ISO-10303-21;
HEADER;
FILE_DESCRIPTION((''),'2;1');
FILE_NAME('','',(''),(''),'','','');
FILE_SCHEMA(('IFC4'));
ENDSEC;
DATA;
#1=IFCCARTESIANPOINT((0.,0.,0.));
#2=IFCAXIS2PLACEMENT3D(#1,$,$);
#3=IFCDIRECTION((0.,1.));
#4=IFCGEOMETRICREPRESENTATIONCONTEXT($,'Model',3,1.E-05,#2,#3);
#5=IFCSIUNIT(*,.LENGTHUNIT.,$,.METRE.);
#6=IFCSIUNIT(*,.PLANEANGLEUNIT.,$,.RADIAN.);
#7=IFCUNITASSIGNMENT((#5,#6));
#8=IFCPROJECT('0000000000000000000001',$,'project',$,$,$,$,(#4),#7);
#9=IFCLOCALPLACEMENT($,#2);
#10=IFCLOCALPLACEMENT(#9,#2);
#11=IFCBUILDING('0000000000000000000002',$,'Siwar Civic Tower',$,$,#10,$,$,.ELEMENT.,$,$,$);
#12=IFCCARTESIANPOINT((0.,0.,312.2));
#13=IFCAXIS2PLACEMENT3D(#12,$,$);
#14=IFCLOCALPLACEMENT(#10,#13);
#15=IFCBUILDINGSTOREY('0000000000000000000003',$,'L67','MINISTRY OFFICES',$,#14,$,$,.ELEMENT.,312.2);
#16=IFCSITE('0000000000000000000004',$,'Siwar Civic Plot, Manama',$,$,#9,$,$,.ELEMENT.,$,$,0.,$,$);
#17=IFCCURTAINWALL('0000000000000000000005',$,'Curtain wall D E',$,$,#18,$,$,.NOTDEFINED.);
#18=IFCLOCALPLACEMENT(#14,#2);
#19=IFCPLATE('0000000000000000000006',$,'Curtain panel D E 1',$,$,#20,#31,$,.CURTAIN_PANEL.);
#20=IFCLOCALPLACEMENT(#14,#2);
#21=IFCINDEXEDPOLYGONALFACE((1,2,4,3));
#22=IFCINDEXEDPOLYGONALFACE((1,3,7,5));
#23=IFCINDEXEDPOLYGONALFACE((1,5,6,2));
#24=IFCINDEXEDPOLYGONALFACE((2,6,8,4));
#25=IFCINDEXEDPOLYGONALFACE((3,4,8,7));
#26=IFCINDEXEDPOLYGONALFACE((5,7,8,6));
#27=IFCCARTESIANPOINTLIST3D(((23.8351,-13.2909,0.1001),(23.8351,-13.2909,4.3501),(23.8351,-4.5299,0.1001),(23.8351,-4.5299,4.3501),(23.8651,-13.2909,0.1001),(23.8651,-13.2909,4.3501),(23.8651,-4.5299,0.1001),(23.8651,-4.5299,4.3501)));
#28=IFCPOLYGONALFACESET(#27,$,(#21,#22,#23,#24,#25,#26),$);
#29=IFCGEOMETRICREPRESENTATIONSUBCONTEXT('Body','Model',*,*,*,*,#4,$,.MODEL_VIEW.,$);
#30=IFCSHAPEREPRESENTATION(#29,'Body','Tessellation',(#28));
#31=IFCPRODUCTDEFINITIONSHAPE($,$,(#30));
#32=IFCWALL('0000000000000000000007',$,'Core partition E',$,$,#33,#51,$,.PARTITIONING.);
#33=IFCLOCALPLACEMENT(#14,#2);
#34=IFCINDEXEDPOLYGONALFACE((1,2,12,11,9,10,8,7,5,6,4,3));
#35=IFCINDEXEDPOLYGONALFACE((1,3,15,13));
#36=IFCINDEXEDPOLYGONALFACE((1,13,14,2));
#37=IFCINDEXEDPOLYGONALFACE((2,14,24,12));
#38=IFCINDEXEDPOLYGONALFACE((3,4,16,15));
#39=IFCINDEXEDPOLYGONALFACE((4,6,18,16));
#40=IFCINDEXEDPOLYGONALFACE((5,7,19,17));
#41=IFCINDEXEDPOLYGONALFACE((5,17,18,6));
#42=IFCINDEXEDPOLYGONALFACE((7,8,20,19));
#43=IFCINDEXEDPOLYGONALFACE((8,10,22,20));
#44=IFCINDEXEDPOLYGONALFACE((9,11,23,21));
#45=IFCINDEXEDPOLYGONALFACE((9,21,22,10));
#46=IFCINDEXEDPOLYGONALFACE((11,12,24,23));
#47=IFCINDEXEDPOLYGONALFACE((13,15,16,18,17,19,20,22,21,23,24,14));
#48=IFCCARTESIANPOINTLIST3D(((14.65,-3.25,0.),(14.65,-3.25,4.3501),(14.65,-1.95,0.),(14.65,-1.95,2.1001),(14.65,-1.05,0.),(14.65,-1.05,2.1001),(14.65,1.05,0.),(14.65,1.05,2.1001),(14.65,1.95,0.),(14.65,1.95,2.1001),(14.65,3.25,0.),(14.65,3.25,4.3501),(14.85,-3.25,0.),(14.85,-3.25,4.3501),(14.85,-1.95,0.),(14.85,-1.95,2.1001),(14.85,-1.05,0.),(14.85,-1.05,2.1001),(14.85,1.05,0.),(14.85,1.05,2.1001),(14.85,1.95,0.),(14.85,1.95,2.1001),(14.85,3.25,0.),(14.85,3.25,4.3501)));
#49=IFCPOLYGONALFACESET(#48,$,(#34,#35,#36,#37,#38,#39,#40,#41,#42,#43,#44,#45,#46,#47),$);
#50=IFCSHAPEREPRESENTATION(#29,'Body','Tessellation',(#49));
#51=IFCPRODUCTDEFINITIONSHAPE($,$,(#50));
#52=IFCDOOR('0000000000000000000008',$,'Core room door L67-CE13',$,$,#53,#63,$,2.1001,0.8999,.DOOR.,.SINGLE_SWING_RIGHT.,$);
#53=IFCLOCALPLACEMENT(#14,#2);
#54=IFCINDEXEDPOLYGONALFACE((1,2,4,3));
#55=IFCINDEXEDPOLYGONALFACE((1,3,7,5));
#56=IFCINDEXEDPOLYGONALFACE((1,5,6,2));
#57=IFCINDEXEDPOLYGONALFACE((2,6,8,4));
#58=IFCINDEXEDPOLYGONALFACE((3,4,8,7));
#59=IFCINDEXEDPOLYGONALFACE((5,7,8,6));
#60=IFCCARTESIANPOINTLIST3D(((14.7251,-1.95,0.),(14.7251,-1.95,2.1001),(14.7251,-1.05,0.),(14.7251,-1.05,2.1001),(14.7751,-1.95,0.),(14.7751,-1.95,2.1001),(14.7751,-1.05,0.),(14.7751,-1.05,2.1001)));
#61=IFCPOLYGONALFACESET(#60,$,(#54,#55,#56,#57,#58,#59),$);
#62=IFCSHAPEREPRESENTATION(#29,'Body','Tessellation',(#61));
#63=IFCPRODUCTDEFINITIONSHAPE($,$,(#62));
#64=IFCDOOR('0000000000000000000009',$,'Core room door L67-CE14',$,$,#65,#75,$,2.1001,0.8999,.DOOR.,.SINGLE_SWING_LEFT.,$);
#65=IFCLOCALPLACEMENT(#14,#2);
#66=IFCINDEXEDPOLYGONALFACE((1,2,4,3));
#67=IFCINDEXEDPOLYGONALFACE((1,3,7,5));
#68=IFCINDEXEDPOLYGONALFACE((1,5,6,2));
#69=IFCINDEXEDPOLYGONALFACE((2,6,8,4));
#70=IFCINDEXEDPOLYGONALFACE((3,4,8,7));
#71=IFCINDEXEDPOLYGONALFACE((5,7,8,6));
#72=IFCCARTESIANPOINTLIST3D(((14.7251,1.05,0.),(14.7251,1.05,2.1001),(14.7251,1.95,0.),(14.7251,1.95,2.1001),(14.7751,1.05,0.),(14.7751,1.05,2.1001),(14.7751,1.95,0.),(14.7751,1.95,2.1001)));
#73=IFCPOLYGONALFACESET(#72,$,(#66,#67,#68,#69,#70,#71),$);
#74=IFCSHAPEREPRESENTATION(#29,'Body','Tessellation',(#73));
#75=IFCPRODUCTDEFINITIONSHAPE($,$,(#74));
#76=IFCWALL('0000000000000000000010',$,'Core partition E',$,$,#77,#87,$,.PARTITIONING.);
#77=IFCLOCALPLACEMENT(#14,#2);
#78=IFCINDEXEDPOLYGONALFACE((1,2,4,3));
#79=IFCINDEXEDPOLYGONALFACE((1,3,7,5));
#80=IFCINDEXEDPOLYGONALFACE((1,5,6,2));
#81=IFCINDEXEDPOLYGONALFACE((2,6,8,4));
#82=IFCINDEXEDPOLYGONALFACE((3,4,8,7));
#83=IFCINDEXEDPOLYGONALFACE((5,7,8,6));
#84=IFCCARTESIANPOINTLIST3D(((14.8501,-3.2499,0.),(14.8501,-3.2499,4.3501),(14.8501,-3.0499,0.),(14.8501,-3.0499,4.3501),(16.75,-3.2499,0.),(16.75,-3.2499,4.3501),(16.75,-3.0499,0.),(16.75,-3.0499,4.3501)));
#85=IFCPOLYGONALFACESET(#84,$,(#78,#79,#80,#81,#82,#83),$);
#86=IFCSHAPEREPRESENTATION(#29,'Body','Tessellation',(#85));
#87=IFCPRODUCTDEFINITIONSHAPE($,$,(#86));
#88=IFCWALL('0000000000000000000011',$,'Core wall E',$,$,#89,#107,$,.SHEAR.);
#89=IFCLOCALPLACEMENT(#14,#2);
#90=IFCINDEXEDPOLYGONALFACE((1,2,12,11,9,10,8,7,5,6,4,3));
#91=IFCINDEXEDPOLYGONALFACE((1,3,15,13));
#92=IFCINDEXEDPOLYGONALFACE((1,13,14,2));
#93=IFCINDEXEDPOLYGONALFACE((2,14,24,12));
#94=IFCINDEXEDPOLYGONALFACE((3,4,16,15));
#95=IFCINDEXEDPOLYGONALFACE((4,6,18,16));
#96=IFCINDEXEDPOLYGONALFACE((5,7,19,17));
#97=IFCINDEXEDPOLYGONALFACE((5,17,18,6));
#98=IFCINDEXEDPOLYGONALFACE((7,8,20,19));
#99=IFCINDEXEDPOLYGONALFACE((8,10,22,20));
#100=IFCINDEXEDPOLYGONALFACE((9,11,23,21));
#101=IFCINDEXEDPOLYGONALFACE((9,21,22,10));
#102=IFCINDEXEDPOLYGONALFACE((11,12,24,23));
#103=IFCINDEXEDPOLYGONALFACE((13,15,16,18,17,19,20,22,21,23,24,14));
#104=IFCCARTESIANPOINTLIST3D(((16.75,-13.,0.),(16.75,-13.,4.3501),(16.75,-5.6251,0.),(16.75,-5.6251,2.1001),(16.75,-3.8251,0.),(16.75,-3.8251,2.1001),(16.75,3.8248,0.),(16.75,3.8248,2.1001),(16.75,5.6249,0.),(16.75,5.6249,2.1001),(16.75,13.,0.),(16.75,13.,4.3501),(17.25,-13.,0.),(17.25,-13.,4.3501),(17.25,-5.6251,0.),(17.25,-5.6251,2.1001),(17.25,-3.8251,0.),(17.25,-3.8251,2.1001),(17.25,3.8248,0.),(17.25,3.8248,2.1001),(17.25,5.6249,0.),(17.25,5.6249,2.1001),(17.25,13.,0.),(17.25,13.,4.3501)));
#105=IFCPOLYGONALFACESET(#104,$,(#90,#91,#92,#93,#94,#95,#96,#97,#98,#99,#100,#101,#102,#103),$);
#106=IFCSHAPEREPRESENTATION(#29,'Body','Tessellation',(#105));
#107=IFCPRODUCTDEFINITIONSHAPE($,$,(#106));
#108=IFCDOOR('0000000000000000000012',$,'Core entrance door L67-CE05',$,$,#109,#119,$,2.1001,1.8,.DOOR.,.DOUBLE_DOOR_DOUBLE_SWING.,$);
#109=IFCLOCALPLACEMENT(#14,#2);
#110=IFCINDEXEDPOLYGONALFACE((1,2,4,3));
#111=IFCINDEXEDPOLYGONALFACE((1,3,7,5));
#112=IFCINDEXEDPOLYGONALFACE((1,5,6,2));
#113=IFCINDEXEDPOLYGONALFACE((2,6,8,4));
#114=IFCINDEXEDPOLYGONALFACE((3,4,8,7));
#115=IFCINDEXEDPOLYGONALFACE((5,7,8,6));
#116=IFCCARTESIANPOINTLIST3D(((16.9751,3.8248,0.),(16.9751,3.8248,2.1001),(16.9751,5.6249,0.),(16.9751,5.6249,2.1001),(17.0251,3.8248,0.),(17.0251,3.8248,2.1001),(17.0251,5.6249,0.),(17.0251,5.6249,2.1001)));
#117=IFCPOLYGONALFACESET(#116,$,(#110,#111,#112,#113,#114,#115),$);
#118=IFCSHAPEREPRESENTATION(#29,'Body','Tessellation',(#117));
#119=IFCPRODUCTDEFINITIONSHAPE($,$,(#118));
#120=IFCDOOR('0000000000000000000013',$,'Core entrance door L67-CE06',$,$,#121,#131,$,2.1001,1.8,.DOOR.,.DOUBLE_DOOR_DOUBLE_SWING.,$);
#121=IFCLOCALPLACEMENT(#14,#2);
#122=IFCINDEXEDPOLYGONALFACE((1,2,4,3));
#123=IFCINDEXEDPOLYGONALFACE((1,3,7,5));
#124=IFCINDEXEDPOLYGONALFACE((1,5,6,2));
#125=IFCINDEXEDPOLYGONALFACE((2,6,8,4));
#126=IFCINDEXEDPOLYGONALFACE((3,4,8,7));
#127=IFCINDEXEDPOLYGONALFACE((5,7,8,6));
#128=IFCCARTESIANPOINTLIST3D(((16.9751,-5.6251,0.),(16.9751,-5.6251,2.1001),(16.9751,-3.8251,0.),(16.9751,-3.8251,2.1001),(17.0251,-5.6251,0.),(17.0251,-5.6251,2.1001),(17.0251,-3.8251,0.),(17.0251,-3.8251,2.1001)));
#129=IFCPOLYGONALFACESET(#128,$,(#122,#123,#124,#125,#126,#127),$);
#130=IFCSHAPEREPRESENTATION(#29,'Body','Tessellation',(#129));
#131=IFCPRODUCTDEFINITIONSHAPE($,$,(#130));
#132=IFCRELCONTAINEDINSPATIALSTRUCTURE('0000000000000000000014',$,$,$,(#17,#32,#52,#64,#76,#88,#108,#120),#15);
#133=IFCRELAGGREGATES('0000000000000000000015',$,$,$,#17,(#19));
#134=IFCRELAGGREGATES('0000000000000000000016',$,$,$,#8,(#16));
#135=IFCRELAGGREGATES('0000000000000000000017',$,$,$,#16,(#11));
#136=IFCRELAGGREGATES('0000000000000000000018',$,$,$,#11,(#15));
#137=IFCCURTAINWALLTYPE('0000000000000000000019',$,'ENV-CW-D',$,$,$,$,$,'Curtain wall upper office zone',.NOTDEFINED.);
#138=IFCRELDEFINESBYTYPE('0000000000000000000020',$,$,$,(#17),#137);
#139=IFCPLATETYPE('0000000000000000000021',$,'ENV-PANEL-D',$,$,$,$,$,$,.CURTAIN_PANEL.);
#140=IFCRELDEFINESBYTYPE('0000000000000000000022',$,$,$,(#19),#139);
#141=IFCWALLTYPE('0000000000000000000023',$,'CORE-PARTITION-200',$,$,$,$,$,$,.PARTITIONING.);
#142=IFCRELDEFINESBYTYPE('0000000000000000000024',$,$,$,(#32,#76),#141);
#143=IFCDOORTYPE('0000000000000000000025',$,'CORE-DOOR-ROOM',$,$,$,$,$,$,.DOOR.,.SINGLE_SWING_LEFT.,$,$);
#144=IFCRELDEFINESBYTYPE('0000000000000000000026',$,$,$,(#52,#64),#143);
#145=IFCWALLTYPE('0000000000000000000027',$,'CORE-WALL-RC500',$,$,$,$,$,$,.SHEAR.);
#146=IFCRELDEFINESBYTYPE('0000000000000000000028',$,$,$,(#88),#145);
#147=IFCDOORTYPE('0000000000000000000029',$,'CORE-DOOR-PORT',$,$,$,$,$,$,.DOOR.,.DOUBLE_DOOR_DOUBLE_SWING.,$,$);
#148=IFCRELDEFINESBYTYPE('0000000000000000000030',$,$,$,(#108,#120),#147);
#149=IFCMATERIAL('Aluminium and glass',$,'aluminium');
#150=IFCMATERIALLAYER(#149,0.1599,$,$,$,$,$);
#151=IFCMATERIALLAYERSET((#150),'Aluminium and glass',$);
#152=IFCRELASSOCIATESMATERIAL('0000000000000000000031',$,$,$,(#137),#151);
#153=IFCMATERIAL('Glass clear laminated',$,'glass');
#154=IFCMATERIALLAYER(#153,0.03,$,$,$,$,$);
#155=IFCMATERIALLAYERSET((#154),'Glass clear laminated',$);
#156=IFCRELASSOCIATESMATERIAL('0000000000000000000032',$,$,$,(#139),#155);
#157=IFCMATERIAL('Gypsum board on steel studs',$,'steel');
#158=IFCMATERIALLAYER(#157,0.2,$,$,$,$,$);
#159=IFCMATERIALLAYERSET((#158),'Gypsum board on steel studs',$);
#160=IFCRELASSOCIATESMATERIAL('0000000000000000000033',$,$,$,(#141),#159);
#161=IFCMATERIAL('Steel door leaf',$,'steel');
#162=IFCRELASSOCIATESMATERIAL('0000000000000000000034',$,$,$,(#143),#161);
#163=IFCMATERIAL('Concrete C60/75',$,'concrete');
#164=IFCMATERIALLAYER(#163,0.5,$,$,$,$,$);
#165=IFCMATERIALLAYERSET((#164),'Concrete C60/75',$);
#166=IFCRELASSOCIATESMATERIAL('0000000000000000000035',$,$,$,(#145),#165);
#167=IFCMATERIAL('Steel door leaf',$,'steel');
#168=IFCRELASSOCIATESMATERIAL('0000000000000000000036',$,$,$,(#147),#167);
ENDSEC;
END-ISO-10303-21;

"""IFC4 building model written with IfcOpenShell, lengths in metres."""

from ifc_helpers import new_model, si_unit, direction, frame, frame_2d, origin, origin_2d, place, context, subcontext, project, spatial, rectangle, extrude, material, layer, layer_set, type_object, element, fill, aggregate, save


model = new_model("IFC4")

# Units and contexts
model_context = context("Model", 3, precision=1e-05, world=origin(), true_north=direction((0.0, 1.0)))
body_context = subcontext(model_context, "Body", "Model", "MODEL_VIEW")
ifc_project = project(units=[si_unit("LENGTHUNIT", "METRE"), si_unit("PLANEANGLEUNIT", "RADIAN")], contexts=[model_context])

# Site, building, storey
site_placement = place(None, origin())
site = spatial("IfcSite", under=ifc_project, at=site_placement, Name="Siwar Civic Plot, Manama", CompositionType="ELEMENT", RefElevation=0.0)
building_placement = place(site_placement, origin())
building = spatial("IfcBuilding", under=site, at=building_placement, Name="Siwar Civic Tower", CompositionType="ELEMENT")
storey_placement = place(building_placement, frame((0.0, 0.0, 312.2)))
storey = spatial("IfcBuildingStorey", under=building, at=storey_placement, Name="L67", Description="MINISTRY OFFICES", CompositionType="ELEMENT", Elevation=312.2)

# Curtain wall
ifc_material_1 = material(Name="Aluminium and glass", Category="aluminium")
ifc_layer_1 = layer(ifc_material_1, 0.1599)
ifc_layer_set_1 = layer_set([ifc_layer_1], Name="Aluminium and glass")
curtain_wall_type = type_object("IfcCurtainWallType", Name="ENV-CW-D", ElementType="Curtain wall upper office zone", PredefinedType="NOTDEFINED", material=ifc_layer_set_1)
curtain_wall_placement = place(storey_placement, origin())
curtain_wall = element("IfcCurtainWall", 1, at=curtain_wall_placement, inside=storey, type_object=curtain_wall_type, Name="Curtain wall D E", PredefinedType="NOTDEFINED")

# Plate
ifc_material_2 = material(Name="Glass clear laminated", Category="glass")
ifc_layer_2 = layer(ifc_material_2, 0.03)
ifc_layer_set_2 = layer_set([ifc_layer_2], Name="Glass clear laminated")
plate_type = type_object("IfcPlateType", Name="ENV-PANEL-D", PredefinedType="CURTAIN_PANEL", material=ifc_layer_set_2)
plate_placement = place(storey_placement, frame((23.8501, -8.9104, 0.1001), z_axis=(0.0, 0.0, 1.0), x_axis=(0.0, 1.0, 0.0)))
plate = element("IfcPlate", 2, at=plate_placement, type_object=plate_type, Name="Curtain panel D E 1", PredefinedType="CURTAIN_PANEL", context=body_context, shape_type="SweptSolid", body=[
    extrude(rectangle(XDim=8.761, YDim=0.03, at=origin_2d()), origin(), (0.0, 0.0, 1.0), 4.25),
])
aggregate(curtain_wall, [plate])

# Wall, openings, doors
ifc_material_3 = material(Name="Gypsum board on steel studs", Category="steel")
ifc_layer_3 = layer(ifc_material_3, 0.2)
ifc_layer_set_3 = layer_set([ifc_layer_3], Name="Gypsum board on steel studs")
wall_type_1 = type_object("IfcWallType", Name="CORE-PARTITION-200", PredefinedType="PARTITIONING", material=ifc_layer_set_3)
wall_1_placement = place(storey_placement, frame((14.75, -3.25, 0.0), z_axis=(0.0, 0.0, 1.0), x_axis=(0.0, 1.0, 0.0)))
wall_1 = element("IfcWall", 3, at=wall_1_placement, inside=storey, type_object=wall_type_1, Name="Core partition E", PredefinedType="PARTITIONING", context=body_context, shape_type="SweptSolid", body=[
    extrude(rectangle(XDim=6.5, YDim=0.2, at=frame_2d((3.25, 0.0))), origin(), (0.0, 0.0, 1.0), 4.3501),
])
opening_1_placement = place(wall_1_placement, frame((1.3, 0.0, 0.0)))
opening_1 = element("IfcOpeningElement", 4, at=opening_1_placement, cuts=wall_1, PredefinedType="OPENING", context=body_context, shape_type="SweptSolid", body=[
    extrude(rectangle(XDim=0.8999, YDim=2.1001, at=frame_2d((0.45, 1.05))), frame((0.0, 0.1099, 0.0), z_axis=(0.0, -1.0, 0.0), x_axis=(1.0, 0.0, 0.0)), (0.0, 0.0, 1.0), 0.22),
])
opening_2_placement = place(wall_1_placement, frame((4.3, 0.0, 0.0)))
opening_2 = element("IfcOpeningElement", 5, at=opening_2_placement, cuts=wall_1, PredefinedType="OPENING", context=body_context, shape_type="SweptSolid", body=[
    extrude(rectangle(XDim=0.8999, YDim=2.1001, at=frame_2d((0.45, 1.05))), frame((0.0, 0.1099, 0.0), z_axis=(0.0, -1.0, 0.0), x_axis=(1.0, 0.0, 0.0)), (0.0, 0.0, 1.0), 0.22),
])
ifc_material_4 = material(Name="Steel door leaf", Category="steel")
door_type_1 = type_object("IfcDoorType", Name="CORE-DOOR-ROOM", OperationType="SINGLE_SWING_LEFT", PredefinedType="DOOR", material=ifc_material_4)
door_1_placement = place(opening_1_placement, origin())
door_1 = element("IfcDoor", 6, at=door_1_placement, inside=storey, type_object=door_type_1, Name="Core room door L67-CE13", OperationType="SINGLE_SWING_RIGHT", OverallHeight=2.1001, OverallWidth=0.8999, PredefinedType="DOOR", context=body_context, shape_type="SweptSolid", body=[
    extrude(rectangle(XDim=0.8999, YDim=2.1001, at=frame_2d((0.45, 1.05))), frame((0.0, 0.0249, 0.0), z_axis=(0.0, -1.0, 0.0), x_axis=(1.0, 0.0, 0.0)), (0.0, 0.0, 1.0), 0.05),
])
fill(opening_1, door_1)
door_2_placement = place(opening_2_placement, origin())
door_2 = element("IfcDoor", 7, at=door_2_placement, inside=storey, type_object=door_type_1, Name="Core room door L67-CE14", OperationType="SINGLE_SWING_LEFT", OverallHeight=2.1001, OverallWidth=0.8999, PredefinedType="DOOR", context=body_context, shape_type="SweptSolid", body=[
    extrude(rectangle(XDim=0.8999, YDim=2.1001, at=frame_2d((0.45, 1.05))), frame((0.0, 0.0249, 0.0), z_axis=(0.0, -1.0, 0.0), x_axis=(1.0, 0.0, 0.0)), (0.0, 0.0, 1.0), 0.05),
])
fill(opening_2, door_2)

# Wall
wall_2_placement = place(storey_placement, frame((14.8501, -3.1499, 0.0), z_axis=(0.0, 0.0, 1.0), x_axis=(1.0, 0.0, 0.0)))
element("IfcWall", 8, at=wall_2_placement, inside=storey, type_object=wall_type_1, Name="Core partition E", PredefinedType="PARTITIONING", context=body_context, shape_type="SweptSolid", body=[
    extrude(rectangle(XDim=1.8999, YDim=0.2, at=frame_2d((0.95, 0.0))), origin(), (0.0, 0.0, 1.0), 4.3501),
])

# Wall, openings, doors
ifc_material_5 = material(Name="Concrete C60/75", Category="concrete")
ifc_layer_4 = layer(ifc_material_5, 0.5)
ifc_layer_set_4 = layer_set([ifc_layer_4], Name="Concrete C60/75")
wall_type_2 = type_object("IfcWallType", Name="CORE-WALL-RC500", PredefinedType="SHEAR", material=ifc_layer_set_4)
wall_3_placement = place(storey_placement, frame((17.0, -13.0, 0.0), z_axis=(0.0, 0.0, 1.0), x_axis=(0.0, 1.0, 0.0)))
wall_3 = element("IfcWall", 9, at=wall_3_placement, inside=storey, type_object=wall_type_2, Name="Core wall E", PredefinedType="SHEAR", context=body_context, shape_type="SweptSolid", body=[
    extrude(rectangle(XDim=26.0, YDim=0.5, at=frame_2d((13.0, 0.0))), origin(), (0.0, 0.0, 1.0), 4.3501),
])
opening_3_placement = place(wall_3_placement, frame((16.825, 0.0, 0.0)))
opening_3 = element("IfcOpeningElement", 10, at=opening_3_placement, cuts=wall_3, PredefinedType="OPENING", context=body_context, shape_type="SweptSolid", body=[
    extrude(rectangle(XDim=1.8, YDim=2.1001, at=frame_2d((0.8999, 1.05))), frame((0.0, 0.26, 0.0), z_axis=(0.0, -1.0, 0.0), x_axis=(1.0, 0.0, 0.0)), (0.0, 0.0, 1.0), 0.52),
])
opening_4_placement = place(wall_3_placement, frame((7.375, 0.0, 0.0)))
opening_4 = element("IfcOpeningElement", 11, at=opening_4_placement, cuts=wall_3, PredefinedType="OPENING", context=body_context, shape_type="SweptSolid", body=[
    extrude(rectangle(XDim=1.8, YDim=2.1001, at=frame_2d((0.8999, 1.05))), frame((0.0, 0.26, 0.0), z_axis=(0.0, -1.0, 0.0), x_axis=(1.0, 0.0, 0.0)), (0.0, 0.0, 1.0), 0.52),
])
ifc_material_6 = material(Name="Steel door leaf", Category="steel")
door_type_2 = type_object("IfcDoorType", Name="CORE-DOOR-PORT", OperationType="DOUBLE_DOOR_DOUBLE_SWING", PredefinedType="DOOR", material=ifc_material_6)
door_3_placement = place(opening_3_placement, origin())
door_3 = element("IfcDoor", 12, at=door_3_placement, inside=storey, type_object=door_type_2, Name="Core entrance door L67-CE05", OperationType="DOUBLE_DOOR_DOUBLE_SWING", OverallHeight=2.1001, OverallWidth=1.8, PredefinedType="DOOR", context=body_context, shape_type="SweptSolid", body=[
    extrude(rectangle(XDim=1.8, YDim=2.1001, at=frame_2d((0.8999, 1.05))), frame((0.0, 0.0249, 0.0), z_axis=(0.0, -1.0, 0.0), x_axis=(1.0, 0.0, 0.0)), (0.0, 0.0, 1.0), 0.05),
])
fill(opening_3, door_3)
door_4_placement = place(opening_4_placement, origin())
door_4 = element("IfcDoor", 13, at=door_4_placement, inside=storey, type_object=door_type_2, Name="Core entrance door L67-CE06", OperationType="DOUBLE_DOOR_DOUBLE_SWING", OverallHeight=2.1001, OverallWidth=1.8, PredefinedType="DOOR", context=body_context, shape_type="SweptSolid", body=[
    extrude(rectangle(XDim=1.8, YDim=2.1001, at=frame_2d((0.8999, 1.05))), frame((0.0, 0.0249, 0.0), z_axis=(0.0, -1.0, 0.0), x_axis=(1.0, 0.0, 0.0)), (0.0, 0.0, 1.0), 0.05),
])
fill(opening_4, door_4)

save(model, "model.ifc")
